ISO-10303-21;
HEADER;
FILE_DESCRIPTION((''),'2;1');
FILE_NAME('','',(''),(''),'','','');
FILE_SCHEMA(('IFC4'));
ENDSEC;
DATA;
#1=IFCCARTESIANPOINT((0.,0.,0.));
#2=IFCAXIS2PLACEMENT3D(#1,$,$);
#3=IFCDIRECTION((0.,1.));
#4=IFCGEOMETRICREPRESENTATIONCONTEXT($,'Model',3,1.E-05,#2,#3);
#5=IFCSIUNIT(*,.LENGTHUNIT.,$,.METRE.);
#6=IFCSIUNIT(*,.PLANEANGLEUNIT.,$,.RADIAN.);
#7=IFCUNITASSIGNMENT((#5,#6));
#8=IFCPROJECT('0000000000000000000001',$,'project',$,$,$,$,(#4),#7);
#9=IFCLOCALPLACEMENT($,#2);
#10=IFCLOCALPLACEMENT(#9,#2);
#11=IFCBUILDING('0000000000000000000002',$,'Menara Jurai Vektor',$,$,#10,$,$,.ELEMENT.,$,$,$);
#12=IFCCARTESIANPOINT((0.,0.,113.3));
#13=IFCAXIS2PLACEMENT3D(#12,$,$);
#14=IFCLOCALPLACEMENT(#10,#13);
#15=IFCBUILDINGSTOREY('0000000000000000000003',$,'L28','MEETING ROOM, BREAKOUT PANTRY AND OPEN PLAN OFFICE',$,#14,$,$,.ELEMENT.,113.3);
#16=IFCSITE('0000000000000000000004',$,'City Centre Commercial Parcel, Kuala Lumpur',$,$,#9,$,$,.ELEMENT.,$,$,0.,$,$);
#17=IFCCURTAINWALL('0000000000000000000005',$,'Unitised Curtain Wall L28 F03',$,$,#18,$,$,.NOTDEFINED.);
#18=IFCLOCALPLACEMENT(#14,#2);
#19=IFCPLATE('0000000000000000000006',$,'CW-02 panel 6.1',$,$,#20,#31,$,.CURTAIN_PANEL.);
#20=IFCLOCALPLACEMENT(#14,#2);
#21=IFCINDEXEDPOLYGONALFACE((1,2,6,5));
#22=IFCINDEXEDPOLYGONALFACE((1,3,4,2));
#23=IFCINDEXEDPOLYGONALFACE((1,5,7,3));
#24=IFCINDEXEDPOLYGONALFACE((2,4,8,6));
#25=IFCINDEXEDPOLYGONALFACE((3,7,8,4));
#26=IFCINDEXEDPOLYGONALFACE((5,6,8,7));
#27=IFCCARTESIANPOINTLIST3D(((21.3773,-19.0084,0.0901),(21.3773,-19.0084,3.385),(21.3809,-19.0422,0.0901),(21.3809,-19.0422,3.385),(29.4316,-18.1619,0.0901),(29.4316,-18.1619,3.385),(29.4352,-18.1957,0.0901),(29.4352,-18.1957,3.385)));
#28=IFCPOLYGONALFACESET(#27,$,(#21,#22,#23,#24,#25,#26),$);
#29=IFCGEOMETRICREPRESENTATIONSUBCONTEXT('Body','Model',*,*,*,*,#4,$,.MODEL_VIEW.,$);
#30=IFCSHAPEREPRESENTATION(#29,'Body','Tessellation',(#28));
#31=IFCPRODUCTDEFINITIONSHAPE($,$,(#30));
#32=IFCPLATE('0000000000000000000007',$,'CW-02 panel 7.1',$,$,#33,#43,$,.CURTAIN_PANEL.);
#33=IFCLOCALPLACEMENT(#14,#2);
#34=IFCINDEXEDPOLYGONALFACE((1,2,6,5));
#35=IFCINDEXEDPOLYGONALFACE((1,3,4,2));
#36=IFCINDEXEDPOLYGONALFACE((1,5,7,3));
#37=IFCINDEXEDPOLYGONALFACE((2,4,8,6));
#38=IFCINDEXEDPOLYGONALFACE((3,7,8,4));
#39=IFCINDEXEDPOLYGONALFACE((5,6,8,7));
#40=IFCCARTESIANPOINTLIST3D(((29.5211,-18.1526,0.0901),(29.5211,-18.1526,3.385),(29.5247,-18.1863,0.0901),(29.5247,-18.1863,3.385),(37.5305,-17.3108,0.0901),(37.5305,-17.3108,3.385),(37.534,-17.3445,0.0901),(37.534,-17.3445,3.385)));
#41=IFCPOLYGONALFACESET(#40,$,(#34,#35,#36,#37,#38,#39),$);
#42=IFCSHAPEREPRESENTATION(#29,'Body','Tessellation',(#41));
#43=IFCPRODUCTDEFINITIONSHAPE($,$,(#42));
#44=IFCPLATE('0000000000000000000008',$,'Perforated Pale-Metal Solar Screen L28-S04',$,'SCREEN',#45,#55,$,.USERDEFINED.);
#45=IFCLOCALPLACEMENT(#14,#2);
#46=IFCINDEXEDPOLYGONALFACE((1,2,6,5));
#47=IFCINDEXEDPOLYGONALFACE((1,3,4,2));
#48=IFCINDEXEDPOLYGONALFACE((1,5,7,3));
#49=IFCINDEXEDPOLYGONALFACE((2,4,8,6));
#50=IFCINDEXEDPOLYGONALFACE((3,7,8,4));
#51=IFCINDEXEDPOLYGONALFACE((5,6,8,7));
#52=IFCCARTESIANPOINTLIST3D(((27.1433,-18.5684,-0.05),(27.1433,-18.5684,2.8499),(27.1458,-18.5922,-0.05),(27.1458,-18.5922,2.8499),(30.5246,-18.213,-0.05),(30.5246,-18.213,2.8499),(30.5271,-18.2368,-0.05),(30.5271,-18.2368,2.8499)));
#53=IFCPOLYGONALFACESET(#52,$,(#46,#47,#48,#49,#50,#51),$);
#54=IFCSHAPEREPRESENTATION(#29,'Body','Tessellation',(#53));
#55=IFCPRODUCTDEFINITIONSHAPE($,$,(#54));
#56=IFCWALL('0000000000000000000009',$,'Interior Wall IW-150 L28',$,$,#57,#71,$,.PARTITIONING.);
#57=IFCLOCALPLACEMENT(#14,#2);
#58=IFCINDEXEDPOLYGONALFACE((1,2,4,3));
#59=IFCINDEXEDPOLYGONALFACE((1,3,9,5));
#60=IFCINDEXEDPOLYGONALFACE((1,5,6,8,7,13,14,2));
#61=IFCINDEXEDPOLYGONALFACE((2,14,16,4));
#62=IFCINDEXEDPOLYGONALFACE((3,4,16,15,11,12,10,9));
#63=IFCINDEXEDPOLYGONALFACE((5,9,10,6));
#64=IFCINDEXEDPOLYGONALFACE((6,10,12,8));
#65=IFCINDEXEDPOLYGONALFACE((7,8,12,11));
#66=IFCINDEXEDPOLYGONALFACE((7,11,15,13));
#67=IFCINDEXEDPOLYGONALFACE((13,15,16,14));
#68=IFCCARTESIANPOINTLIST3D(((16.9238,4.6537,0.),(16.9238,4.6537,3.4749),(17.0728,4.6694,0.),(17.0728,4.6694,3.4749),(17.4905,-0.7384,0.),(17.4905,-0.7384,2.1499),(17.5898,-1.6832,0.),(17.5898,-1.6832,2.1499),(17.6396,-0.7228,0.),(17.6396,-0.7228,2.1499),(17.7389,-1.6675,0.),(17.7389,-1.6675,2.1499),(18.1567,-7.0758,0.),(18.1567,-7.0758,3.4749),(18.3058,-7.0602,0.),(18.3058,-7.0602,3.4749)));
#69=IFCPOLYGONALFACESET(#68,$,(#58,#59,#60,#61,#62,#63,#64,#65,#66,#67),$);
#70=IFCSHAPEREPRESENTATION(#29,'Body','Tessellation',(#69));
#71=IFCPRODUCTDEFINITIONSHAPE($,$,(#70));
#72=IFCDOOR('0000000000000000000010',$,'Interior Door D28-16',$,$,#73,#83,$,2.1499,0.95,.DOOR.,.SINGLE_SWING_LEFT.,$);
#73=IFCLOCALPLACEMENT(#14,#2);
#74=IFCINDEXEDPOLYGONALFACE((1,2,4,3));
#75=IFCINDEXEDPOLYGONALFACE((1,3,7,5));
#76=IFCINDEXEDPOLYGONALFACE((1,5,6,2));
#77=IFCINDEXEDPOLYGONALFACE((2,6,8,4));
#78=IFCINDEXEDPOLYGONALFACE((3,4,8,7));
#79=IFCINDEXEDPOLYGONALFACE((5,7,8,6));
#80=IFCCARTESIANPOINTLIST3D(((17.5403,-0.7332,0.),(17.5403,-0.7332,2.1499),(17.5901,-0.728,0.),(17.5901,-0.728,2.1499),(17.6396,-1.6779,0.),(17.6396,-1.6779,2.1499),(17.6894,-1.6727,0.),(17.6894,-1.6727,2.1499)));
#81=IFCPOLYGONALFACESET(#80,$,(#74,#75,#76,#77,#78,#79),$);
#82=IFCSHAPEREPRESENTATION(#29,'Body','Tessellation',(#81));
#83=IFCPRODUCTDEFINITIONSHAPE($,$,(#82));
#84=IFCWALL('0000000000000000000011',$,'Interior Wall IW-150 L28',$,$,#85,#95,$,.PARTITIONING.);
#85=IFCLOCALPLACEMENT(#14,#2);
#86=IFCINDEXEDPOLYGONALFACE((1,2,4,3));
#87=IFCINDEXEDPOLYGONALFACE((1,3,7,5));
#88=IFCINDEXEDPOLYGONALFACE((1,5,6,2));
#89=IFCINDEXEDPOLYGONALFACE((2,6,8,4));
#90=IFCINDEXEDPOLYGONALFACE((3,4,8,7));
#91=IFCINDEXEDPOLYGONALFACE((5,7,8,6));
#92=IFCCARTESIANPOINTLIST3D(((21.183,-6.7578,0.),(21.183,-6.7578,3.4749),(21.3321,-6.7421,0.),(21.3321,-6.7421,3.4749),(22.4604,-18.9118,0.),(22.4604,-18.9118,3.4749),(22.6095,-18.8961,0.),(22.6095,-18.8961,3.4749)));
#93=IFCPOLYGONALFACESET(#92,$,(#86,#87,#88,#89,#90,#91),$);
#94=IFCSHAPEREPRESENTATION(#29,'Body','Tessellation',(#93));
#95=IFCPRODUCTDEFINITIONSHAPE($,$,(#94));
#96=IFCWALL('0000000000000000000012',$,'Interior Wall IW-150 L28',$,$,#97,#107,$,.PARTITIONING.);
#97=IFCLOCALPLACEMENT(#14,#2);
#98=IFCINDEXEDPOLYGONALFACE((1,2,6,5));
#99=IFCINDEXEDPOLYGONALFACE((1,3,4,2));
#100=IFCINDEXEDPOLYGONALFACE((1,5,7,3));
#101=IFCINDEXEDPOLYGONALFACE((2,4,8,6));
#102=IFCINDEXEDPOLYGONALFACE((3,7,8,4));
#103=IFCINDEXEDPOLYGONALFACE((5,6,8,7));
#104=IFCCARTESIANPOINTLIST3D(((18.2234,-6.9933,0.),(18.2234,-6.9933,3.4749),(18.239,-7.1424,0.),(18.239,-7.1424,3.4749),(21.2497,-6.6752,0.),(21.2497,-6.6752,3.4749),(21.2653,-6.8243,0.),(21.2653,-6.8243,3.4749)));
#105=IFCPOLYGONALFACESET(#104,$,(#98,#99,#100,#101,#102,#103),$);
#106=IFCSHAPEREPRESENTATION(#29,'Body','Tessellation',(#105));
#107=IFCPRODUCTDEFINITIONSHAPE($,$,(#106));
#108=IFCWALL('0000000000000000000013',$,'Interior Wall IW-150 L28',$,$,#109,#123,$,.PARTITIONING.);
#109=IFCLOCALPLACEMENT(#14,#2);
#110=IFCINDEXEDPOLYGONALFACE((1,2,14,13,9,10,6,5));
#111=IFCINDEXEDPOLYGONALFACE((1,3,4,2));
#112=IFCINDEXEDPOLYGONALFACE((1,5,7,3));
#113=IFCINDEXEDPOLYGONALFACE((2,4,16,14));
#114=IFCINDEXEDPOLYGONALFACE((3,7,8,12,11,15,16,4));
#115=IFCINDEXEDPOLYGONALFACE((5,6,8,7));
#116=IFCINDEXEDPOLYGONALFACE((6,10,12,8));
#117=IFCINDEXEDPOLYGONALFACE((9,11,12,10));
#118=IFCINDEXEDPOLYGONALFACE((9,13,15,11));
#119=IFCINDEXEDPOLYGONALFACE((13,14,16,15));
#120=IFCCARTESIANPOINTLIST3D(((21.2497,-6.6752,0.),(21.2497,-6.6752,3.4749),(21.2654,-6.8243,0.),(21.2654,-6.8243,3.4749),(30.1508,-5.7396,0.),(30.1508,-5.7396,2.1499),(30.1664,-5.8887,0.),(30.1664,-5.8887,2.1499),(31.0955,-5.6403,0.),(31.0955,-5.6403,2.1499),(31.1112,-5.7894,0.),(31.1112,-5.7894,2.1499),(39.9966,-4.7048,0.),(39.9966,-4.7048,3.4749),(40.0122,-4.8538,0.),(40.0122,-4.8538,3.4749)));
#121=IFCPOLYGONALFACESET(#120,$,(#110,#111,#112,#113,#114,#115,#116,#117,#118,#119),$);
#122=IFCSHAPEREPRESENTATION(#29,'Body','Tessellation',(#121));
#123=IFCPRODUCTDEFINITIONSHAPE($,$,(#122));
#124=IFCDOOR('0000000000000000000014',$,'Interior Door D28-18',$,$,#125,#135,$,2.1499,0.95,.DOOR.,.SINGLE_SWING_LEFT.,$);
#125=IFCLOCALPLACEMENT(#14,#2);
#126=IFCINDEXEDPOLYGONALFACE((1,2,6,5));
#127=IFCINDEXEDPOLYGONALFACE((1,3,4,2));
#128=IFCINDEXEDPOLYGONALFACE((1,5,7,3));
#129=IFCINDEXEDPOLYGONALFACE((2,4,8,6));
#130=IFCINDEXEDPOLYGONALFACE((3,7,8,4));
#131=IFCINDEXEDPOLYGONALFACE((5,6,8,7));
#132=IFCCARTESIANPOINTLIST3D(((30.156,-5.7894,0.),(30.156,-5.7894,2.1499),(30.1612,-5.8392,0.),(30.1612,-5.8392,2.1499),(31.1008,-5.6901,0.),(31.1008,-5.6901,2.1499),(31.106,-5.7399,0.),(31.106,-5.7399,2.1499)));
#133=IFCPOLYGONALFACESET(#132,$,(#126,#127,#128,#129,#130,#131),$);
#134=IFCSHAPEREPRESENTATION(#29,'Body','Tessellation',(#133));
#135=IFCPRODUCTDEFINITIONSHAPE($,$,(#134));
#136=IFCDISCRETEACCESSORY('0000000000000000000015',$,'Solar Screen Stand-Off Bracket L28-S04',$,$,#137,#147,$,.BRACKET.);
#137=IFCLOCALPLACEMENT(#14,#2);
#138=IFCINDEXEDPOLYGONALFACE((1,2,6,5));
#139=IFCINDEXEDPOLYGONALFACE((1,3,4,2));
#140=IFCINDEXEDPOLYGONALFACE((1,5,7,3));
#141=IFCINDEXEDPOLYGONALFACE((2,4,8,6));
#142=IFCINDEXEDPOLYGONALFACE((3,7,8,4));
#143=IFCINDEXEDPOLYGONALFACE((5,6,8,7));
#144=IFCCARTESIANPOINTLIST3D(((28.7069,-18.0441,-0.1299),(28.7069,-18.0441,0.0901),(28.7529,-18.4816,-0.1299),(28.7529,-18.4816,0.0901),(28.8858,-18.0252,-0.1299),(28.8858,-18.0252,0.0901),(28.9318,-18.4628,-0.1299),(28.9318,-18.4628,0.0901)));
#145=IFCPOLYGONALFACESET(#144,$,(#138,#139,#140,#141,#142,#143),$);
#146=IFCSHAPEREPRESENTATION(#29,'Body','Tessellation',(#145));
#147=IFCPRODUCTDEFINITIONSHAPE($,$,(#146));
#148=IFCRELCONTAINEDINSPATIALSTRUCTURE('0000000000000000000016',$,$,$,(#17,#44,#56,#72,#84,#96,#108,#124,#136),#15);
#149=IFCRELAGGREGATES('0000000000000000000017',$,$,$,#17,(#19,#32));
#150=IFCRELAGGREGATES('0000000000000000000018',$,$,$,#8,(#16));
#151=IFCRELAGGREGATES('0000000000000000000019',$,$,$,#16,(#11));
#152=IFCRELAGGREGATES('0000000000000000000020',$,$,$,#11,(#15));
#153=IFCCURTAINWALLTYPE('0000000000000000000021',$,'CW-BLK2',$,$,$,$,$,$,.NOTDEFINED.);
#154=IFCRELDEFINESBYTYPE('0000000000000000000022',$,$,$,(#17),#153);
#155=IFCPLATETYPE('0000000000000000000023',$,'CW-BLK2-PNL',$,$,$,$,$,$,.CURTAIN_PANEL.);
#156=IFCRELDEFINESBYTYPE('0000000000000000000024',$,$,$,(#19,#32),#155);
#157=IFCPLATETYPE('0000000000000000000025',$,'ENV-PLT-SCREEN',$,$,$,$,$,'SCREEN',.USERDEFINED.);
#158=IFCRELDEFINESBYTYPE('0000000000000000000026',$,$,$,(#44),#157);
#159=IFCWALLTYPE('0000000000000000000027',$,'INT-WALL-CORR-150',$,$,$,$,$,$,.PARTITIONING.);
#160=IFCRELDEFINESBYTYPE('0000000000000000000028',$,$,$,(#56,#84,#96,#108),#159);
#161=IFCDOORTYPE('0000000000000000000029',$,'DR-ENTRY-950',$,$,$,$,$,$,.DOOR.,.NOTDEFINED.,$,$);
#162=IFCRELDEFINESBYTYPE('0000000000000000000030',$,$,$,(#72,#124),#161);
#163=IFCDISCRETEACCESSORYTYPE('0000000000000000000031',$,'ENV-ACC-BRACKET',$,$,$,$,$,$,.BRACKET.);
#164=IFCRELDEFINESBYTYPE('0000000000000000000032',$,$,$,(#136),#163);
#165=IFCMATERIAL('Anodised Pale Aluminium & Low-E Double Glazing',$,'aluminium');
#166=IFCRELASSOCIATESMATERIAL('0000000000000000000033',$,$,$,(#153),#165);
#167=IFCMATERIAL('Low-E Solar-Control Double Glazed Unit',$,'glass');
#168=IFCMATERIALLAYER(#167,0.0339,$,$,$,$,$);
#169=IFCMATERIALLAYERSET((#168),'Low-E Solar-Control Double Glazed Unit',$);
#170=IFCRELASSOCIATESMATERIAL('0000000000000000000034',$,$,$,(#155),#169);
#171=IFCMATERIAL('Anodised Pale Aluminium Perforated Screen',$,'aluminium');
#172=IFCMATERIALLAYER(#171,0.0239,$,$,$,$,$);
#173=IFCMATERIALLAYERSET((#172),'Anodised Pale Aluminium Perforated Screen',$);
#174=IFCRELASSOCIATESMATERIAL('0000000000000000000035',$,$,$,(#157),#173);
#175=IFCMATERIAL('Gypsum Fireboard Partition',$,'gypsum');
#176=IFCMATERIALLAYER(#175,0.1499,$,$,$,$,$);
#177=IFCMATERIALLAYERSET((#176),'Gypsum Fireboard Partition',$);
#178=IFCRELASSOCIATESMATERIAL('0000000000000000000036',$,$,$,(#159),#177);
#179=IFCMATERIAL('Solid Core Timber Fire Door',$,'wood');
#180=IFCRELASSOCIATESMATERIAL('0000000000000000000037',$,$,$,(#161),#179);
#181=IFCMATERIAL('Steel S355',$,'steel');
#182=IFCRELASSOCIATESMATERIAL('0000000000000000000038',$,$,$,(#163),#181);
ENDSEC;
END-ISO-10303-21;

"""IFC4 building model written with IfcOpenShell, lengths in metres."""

from ifc_helpers import new_model, si_unit, direction, frame, frame_2d, origin, origin_2d, place, context, subcontext, project, spatial, rectangle, extrude, material, layer, layer_set, type_object, element, fill, aggregate, save


model = new_model("IFC4")

# Units and contexts
model_context = context("Model", 3, precision=1e-05, world=origin(), true_north=direction((0.0, 1.0)))
body_context = subcontext(model_context, "Body", "Model", "MODEL_VIEW")
ifc_project = project(units=[si_unit("LENGTHUNIT", "METRE"), si_unit("PLANEANGLEUNIT", "RADIAN")], contexts=[model_context])

# Site, building, storey
site_placement = place(None, origin())
site = spatial("IfcSite", under=ifc_project, at=site_placement, Name="City Centre Commercial Parcel, Kuala Lumpur", CompositionType="ELEMENT", RefElevation=0.0)
building_placement = place(site_placement, origin())
building = spatial("IfcBuilding", under=site, at=building_placement, Name="Menara Jurai Vektor", CompositionType="ELEMENT")
storey_placement = place(building_placement, frame((0.0, 0.0, 113.3)))
storey = spatial("IfcBuildingStorey", under=building, at=storey_placement, Name="L28", Description="MEETING ROOM, BREAKOUT PANTRY AND OPEN PLAN OFFICE", CompositionType="ELEMENT", Elevation=113.3)

# Curtain wall
ifc_material_1 = material(Name="Anodised Pale Aluminium & Low-E Double Glazing", Category="aluminium")
curtain_wall_type = type_object("IfcCurtainWallType", Name="CW-BLK2", PredefinedType="NOTDEFINED", material=ifc_material_1)
curtain_wall_1_placement = place(storey_placement, origin())
curtain_wall_1 = element("IfcCurtainWall", 1, at=curtain_wall_1_placement, inside=storey, type_object=curtain_wall_type, Name="Unitised Curtain Wall L28 F03", PredefinedType="NOTDEFINED")

# Shared definitions
ifc_material_2 = material(Name="Steel S355", Category="steel")

# Plates
ifc_material_3 = material(Name="Low-E Solar-Control Double Glazed Unit", Category="glass")
ifc_layer_1 = layer(ifc_material_3, 0.0339)
ifc_layer_set_1 = layer_set([ifc_layer_1], Name="Low-E Solar-Control Double Glazed Unit")
plate_type_1 = type_object("IfcPlateType", Name="CW-BLK2-PNL", PredefinedType="CURTAIN_PANEL", material=ifc_layer_set_1)
plate_1_placement = place(storey_placement, frame((25.4062, -18.6021, 0.0901), z_axis=(0.0, 0.0, 1.0), x_axis=(0.994522, 0.104529, 0.0)))
plate_1 = element("IfcPlate", 2, at=plate_1_placement, type_object=plate_type_1, Name="CW-02 panel 6.1", PredefinedType="CURTAIN_PANEL", context=body_context, shape_type="SweptSolid", body=[
    extrude(rectangle(XDim=8.0986, YDim=0.0339, at=origin_2d()), origin(), (0.0, 0.0, 1.0), 3.2949),
])
plate_2_placement = place(storey_placement, frame((33.5276, -17.7485, 0.0901), z_axis=(0.0, 0.0, 1.0), x_axis=(0.994522, 0.104529, 0.0)))
plate_2 = element("IfcPlate", 3, at=plate_2_placement, type_object=plate_type_1, Name="CW-02 panel 7.1", PredefinedType="CURTAIN_PANEL", context=body_context, shape_type="SweptSolid", body=[
    extrude(rectangle(XDim=8.0535, YDim=0.0339, at=origin_2d()), origin(), (0.0, 0.0, 1.0), 3.2949),
])
aggregate(curtain_wall_1, [plate_1, plate_2])
ifc_material_4 = material(Name="Anodised Pale Aluminium Perforated Screen", Category="aluminium")
ifc_layer_2 = layer(ifc_material_4, 0.0239)
ifc_layer_set_2 = layer_set([ifc_layer_2], Name="Anodised Pale Aluminium Perforated Screen")
plate_type_2 = type_object("IfcPlateType", Name="ENV-PLT-SCREEN", ElementType="SCREEN", PredefinedType="USERDEFINED", material=ifc_layer_set_2)
plate_3_placement = place(storey_placement, frame((28.8352, -18.4026, -0.05), z_axis=(0.0, 0.0, 1.0), x_axis=(0.994522, 0.104528, 0.0)))
element("IfcPlate", 4, at=plate_3_placement, inside=storey, type_object=plate_type_2, Name="Perforated Pale-Metal Solar Screen L28-S04", ObjectType="SCREEN", PredefinedType="USERDEFINED", context=body_context, shape_type="SweptSolid", body=[
    extrude(rectangle(XDim=3.3999, YDim=0.0239, at=origin_2d()), origin(), (0.0, 0.0, 1.0), 2.8999),
])

# Wall, opening, door
ifc_material_5 = material(Name="Gypsum Fireboard Partition", Category="gypsum")
ifc_layer_3 = layer(ifc_material_5, 0.1499)
ifc_layer_set_3 = layer_set([ifc_layer_3], Name="Gypsum Fireboard Partition")
wall_type = type_object("IfcWallType", Name="INT-WALL-CORR-150", PredefinedType="PARTITIONING", material=ifc_layer_set_3)
wall_1_placement = place(storey_placement, frame((18.2312, -7.0679, 0.0), z_axis=(0.0, 0.0, 1.0), x_axis=(-0.104536, 0.994521, 0.0)))
wall_1 = element("IfcWall", 5, at=wall_1_placement, inside=storey, type_object=wall_type, Name="Interior Wall IW-150 L28", PredefinedType="PARTITIONING", context=body_context, shape_type="SweptSolid", body=[
    extrude(rectangle(XDim=11.7942, YDim=0.1499, at=frame_2d((5.897, 0.0))), origin(), (0.0, 0.0, 1.0), 3.4749),
])
opening_1_placement = place(wall_1_placement, frame((5.4221, 0.0, 0.0)))
opening_1 = element("IfcOpeningElement", 6, at=opening_1_placement, cuts=wall_1, PredefinedType="OPENING", context=body_context, shape_type="SweptSolid", body=[
    extrude(rectangle(XDim=0.95, YDim=2.1499, at=frame_2d((0.4751, 1.075))), frame((0.0, 0.085, 0.0), z_axis=(0.0, -1.0, 0.0), x_axis=(1.0, 0.0, 0.0)), (0.0, 0.0, 1.0), 0.1699),
])
ifc_material_6 = material(Name="Solid Core Timber Fire Door", Category="wood")
door_type = type_object("IfcDoorType", Name="DR-ENTRY-950", OperationType="NOTDEFINED", PredefinedType="DOOR", material=ifc_material_6)
door_1_placement = place(opening_1_placement, origin())
door_1 = element("IfcDoor", 7, at=door_1_placement, inside=storey, type_object=door_type, Name="Interior Door D28-16", OperationType="SINGLE_SWING_LEFT", OverallHeight=2.1499, OverallWidth=0.95, PredefinedType="DOOR", context=body_context, shape_type="SweptSolid", body=[
    extrude(rectangle(XDim=0.95, YDim=2.1499, at=frame_2d((0.4751, 1.075))), frame((0.0, 0.0249, 0.0), z_axis=(0.0, -1.0, 0.0), x_axis=(1.0, 0.0, 0.0)), (0.0, 0.0, 1.0), 0.05),
])
fill(opening_1, door_1)

# Walls
wall_2_placement = place(storey_placement, frame((22.5349, -18.9038, 0.0), z_axis=(0.0, 0.0, 1.0), x_axis=(-0.10452, 0.994523, 0.0)))
element("IfcWall", 8, at=wall_2_placement, inside=storey, type_object=wall_type, Name="Interior Wall IW-150 L28", PredefinedType="PARTITIONING", context=body_context, shape_type="SweptSolid", body=[
    extrude(rectangle(XDim=12.2209, YDim=0.1499, at=frame_2d((6.1104, 0.0))), origin(), (0.0, 0.0, 1.0), 3.4749),
])
wall_3_placement = place(storey_placement, frame((18.2312, -7.0679, 0.0), z_axis=(0.0, 0.0, 1.0), x_axis=(0.994521, 0.104539, 0.0)))
element("IfcWall", 9, at=wall_3_placement, inside=storey, type_object=wall_type, Name="Interior Wall IW-150 L28", PredefinedType="PARTITIONING", context=body_context, shape_type="SweptSolid", body=[
    extrude(rectangle(XDim=3.043, YDim=0.1499, at=frame_2d((1.5215, 0.0))), origin(), (0.0, 0.0, 1.0), 3.4749),
])

# Wall, opening, door
wall_4_placement = place(storey_placement, frame((21.2576, -6.7498, 0.0), z_axis=(0.0, 0.0, 1.0), x_axis=(0.994521, 0.104533, 0.0)))
wall_4 = element("IfcWall", 10, at=wall_4_placement, inside=storey, type_object=wall_type, Name="Interior Wall IW-150 L28", PredefinedType="PARTITIONING", context=body_context, shape_type="SweptSolid", body=[
    extrude(rectangle(XDim=18.8501, YDim=0.1499, at=frame_2d((9.425, 0.0))), origin(), (0.0, 0.0, 1.0), 3.4749),
])
opening_2_placement = place(wall_4_placement, frame((8.95, 0.0, 0.0)))
opening_2 = element("IfcOpeningElement", 11, at=opening_2_placement, cuts=wall_4, PredefinedType="OPENING", context=body_context, shape_type="SweptSolid", body=[
    extrude(rectangle(XDim=0.95, YDim=2.1499, at=frame_2d((0.4751, 1.075))), frame((0.0, 0.085, 0.0), z_axis=(0.0, -1.0, 0.0), x_axis=(1.0, 0.0, 0.0)), (0.0, 0.0, 1.0), 0.1699),
])
door_2_placement = place(opening_2_placement, origin())
door_2 = element("IfcDoor", 12, at=door_2_placement, inside=storey, type_object=door_type, Name="Interior Door D28-18", OperationType="SINGLE_SWING_LEFT", OverallHeight=2.1499, OverallWidth=0.95, PredefinedType="DOOR", context=body_context, shape_type="SweptSolid", body=[
    extrude(rectangle(XDim=0.95, YDim=2.1499, at=frame_2d((0.4751, 1.075))), frame((0.0, 0.0249, 0.0), z_axis=(0.0, -1.0, 0.0), x_axis=(1.0, 0.0, 0.0)), (0.0, 0.0, 1.0), 0.05),
])
fill(opening_2, door_2)

# Discrete accessory
discrete_accessory_type = type_object("IfcDiscreteAccessoryType", Name="ENV-ACC-BRACKET", PredefinedType="BRACKET", material=ifc_material_2)
discrete_accessory_placement = place(storey_placement, frame((28.8193, -18.2534, -0.1299), z_axis=(0.0, 0.0, 1.0), x_axis=(0.994522, 0.104528, 0.0)))
element("IfcDiscreteAccessory", 13, at=discrete_accessory_placement, inside=storey, type_object=discrete_accessory_type, Name="Solar Screen Stand-Off Bracket L28-S04", PredefinedType="BRACKET", context=body_context, shape_type="SweptSolid", body=[
    extrude(rectangle(XDim=0.1799, YDim=0.4399, at=origin_2d()), origin(), (0.0, 0.0, 1.0), 0.22),
])

save(model, "model.ifc")
